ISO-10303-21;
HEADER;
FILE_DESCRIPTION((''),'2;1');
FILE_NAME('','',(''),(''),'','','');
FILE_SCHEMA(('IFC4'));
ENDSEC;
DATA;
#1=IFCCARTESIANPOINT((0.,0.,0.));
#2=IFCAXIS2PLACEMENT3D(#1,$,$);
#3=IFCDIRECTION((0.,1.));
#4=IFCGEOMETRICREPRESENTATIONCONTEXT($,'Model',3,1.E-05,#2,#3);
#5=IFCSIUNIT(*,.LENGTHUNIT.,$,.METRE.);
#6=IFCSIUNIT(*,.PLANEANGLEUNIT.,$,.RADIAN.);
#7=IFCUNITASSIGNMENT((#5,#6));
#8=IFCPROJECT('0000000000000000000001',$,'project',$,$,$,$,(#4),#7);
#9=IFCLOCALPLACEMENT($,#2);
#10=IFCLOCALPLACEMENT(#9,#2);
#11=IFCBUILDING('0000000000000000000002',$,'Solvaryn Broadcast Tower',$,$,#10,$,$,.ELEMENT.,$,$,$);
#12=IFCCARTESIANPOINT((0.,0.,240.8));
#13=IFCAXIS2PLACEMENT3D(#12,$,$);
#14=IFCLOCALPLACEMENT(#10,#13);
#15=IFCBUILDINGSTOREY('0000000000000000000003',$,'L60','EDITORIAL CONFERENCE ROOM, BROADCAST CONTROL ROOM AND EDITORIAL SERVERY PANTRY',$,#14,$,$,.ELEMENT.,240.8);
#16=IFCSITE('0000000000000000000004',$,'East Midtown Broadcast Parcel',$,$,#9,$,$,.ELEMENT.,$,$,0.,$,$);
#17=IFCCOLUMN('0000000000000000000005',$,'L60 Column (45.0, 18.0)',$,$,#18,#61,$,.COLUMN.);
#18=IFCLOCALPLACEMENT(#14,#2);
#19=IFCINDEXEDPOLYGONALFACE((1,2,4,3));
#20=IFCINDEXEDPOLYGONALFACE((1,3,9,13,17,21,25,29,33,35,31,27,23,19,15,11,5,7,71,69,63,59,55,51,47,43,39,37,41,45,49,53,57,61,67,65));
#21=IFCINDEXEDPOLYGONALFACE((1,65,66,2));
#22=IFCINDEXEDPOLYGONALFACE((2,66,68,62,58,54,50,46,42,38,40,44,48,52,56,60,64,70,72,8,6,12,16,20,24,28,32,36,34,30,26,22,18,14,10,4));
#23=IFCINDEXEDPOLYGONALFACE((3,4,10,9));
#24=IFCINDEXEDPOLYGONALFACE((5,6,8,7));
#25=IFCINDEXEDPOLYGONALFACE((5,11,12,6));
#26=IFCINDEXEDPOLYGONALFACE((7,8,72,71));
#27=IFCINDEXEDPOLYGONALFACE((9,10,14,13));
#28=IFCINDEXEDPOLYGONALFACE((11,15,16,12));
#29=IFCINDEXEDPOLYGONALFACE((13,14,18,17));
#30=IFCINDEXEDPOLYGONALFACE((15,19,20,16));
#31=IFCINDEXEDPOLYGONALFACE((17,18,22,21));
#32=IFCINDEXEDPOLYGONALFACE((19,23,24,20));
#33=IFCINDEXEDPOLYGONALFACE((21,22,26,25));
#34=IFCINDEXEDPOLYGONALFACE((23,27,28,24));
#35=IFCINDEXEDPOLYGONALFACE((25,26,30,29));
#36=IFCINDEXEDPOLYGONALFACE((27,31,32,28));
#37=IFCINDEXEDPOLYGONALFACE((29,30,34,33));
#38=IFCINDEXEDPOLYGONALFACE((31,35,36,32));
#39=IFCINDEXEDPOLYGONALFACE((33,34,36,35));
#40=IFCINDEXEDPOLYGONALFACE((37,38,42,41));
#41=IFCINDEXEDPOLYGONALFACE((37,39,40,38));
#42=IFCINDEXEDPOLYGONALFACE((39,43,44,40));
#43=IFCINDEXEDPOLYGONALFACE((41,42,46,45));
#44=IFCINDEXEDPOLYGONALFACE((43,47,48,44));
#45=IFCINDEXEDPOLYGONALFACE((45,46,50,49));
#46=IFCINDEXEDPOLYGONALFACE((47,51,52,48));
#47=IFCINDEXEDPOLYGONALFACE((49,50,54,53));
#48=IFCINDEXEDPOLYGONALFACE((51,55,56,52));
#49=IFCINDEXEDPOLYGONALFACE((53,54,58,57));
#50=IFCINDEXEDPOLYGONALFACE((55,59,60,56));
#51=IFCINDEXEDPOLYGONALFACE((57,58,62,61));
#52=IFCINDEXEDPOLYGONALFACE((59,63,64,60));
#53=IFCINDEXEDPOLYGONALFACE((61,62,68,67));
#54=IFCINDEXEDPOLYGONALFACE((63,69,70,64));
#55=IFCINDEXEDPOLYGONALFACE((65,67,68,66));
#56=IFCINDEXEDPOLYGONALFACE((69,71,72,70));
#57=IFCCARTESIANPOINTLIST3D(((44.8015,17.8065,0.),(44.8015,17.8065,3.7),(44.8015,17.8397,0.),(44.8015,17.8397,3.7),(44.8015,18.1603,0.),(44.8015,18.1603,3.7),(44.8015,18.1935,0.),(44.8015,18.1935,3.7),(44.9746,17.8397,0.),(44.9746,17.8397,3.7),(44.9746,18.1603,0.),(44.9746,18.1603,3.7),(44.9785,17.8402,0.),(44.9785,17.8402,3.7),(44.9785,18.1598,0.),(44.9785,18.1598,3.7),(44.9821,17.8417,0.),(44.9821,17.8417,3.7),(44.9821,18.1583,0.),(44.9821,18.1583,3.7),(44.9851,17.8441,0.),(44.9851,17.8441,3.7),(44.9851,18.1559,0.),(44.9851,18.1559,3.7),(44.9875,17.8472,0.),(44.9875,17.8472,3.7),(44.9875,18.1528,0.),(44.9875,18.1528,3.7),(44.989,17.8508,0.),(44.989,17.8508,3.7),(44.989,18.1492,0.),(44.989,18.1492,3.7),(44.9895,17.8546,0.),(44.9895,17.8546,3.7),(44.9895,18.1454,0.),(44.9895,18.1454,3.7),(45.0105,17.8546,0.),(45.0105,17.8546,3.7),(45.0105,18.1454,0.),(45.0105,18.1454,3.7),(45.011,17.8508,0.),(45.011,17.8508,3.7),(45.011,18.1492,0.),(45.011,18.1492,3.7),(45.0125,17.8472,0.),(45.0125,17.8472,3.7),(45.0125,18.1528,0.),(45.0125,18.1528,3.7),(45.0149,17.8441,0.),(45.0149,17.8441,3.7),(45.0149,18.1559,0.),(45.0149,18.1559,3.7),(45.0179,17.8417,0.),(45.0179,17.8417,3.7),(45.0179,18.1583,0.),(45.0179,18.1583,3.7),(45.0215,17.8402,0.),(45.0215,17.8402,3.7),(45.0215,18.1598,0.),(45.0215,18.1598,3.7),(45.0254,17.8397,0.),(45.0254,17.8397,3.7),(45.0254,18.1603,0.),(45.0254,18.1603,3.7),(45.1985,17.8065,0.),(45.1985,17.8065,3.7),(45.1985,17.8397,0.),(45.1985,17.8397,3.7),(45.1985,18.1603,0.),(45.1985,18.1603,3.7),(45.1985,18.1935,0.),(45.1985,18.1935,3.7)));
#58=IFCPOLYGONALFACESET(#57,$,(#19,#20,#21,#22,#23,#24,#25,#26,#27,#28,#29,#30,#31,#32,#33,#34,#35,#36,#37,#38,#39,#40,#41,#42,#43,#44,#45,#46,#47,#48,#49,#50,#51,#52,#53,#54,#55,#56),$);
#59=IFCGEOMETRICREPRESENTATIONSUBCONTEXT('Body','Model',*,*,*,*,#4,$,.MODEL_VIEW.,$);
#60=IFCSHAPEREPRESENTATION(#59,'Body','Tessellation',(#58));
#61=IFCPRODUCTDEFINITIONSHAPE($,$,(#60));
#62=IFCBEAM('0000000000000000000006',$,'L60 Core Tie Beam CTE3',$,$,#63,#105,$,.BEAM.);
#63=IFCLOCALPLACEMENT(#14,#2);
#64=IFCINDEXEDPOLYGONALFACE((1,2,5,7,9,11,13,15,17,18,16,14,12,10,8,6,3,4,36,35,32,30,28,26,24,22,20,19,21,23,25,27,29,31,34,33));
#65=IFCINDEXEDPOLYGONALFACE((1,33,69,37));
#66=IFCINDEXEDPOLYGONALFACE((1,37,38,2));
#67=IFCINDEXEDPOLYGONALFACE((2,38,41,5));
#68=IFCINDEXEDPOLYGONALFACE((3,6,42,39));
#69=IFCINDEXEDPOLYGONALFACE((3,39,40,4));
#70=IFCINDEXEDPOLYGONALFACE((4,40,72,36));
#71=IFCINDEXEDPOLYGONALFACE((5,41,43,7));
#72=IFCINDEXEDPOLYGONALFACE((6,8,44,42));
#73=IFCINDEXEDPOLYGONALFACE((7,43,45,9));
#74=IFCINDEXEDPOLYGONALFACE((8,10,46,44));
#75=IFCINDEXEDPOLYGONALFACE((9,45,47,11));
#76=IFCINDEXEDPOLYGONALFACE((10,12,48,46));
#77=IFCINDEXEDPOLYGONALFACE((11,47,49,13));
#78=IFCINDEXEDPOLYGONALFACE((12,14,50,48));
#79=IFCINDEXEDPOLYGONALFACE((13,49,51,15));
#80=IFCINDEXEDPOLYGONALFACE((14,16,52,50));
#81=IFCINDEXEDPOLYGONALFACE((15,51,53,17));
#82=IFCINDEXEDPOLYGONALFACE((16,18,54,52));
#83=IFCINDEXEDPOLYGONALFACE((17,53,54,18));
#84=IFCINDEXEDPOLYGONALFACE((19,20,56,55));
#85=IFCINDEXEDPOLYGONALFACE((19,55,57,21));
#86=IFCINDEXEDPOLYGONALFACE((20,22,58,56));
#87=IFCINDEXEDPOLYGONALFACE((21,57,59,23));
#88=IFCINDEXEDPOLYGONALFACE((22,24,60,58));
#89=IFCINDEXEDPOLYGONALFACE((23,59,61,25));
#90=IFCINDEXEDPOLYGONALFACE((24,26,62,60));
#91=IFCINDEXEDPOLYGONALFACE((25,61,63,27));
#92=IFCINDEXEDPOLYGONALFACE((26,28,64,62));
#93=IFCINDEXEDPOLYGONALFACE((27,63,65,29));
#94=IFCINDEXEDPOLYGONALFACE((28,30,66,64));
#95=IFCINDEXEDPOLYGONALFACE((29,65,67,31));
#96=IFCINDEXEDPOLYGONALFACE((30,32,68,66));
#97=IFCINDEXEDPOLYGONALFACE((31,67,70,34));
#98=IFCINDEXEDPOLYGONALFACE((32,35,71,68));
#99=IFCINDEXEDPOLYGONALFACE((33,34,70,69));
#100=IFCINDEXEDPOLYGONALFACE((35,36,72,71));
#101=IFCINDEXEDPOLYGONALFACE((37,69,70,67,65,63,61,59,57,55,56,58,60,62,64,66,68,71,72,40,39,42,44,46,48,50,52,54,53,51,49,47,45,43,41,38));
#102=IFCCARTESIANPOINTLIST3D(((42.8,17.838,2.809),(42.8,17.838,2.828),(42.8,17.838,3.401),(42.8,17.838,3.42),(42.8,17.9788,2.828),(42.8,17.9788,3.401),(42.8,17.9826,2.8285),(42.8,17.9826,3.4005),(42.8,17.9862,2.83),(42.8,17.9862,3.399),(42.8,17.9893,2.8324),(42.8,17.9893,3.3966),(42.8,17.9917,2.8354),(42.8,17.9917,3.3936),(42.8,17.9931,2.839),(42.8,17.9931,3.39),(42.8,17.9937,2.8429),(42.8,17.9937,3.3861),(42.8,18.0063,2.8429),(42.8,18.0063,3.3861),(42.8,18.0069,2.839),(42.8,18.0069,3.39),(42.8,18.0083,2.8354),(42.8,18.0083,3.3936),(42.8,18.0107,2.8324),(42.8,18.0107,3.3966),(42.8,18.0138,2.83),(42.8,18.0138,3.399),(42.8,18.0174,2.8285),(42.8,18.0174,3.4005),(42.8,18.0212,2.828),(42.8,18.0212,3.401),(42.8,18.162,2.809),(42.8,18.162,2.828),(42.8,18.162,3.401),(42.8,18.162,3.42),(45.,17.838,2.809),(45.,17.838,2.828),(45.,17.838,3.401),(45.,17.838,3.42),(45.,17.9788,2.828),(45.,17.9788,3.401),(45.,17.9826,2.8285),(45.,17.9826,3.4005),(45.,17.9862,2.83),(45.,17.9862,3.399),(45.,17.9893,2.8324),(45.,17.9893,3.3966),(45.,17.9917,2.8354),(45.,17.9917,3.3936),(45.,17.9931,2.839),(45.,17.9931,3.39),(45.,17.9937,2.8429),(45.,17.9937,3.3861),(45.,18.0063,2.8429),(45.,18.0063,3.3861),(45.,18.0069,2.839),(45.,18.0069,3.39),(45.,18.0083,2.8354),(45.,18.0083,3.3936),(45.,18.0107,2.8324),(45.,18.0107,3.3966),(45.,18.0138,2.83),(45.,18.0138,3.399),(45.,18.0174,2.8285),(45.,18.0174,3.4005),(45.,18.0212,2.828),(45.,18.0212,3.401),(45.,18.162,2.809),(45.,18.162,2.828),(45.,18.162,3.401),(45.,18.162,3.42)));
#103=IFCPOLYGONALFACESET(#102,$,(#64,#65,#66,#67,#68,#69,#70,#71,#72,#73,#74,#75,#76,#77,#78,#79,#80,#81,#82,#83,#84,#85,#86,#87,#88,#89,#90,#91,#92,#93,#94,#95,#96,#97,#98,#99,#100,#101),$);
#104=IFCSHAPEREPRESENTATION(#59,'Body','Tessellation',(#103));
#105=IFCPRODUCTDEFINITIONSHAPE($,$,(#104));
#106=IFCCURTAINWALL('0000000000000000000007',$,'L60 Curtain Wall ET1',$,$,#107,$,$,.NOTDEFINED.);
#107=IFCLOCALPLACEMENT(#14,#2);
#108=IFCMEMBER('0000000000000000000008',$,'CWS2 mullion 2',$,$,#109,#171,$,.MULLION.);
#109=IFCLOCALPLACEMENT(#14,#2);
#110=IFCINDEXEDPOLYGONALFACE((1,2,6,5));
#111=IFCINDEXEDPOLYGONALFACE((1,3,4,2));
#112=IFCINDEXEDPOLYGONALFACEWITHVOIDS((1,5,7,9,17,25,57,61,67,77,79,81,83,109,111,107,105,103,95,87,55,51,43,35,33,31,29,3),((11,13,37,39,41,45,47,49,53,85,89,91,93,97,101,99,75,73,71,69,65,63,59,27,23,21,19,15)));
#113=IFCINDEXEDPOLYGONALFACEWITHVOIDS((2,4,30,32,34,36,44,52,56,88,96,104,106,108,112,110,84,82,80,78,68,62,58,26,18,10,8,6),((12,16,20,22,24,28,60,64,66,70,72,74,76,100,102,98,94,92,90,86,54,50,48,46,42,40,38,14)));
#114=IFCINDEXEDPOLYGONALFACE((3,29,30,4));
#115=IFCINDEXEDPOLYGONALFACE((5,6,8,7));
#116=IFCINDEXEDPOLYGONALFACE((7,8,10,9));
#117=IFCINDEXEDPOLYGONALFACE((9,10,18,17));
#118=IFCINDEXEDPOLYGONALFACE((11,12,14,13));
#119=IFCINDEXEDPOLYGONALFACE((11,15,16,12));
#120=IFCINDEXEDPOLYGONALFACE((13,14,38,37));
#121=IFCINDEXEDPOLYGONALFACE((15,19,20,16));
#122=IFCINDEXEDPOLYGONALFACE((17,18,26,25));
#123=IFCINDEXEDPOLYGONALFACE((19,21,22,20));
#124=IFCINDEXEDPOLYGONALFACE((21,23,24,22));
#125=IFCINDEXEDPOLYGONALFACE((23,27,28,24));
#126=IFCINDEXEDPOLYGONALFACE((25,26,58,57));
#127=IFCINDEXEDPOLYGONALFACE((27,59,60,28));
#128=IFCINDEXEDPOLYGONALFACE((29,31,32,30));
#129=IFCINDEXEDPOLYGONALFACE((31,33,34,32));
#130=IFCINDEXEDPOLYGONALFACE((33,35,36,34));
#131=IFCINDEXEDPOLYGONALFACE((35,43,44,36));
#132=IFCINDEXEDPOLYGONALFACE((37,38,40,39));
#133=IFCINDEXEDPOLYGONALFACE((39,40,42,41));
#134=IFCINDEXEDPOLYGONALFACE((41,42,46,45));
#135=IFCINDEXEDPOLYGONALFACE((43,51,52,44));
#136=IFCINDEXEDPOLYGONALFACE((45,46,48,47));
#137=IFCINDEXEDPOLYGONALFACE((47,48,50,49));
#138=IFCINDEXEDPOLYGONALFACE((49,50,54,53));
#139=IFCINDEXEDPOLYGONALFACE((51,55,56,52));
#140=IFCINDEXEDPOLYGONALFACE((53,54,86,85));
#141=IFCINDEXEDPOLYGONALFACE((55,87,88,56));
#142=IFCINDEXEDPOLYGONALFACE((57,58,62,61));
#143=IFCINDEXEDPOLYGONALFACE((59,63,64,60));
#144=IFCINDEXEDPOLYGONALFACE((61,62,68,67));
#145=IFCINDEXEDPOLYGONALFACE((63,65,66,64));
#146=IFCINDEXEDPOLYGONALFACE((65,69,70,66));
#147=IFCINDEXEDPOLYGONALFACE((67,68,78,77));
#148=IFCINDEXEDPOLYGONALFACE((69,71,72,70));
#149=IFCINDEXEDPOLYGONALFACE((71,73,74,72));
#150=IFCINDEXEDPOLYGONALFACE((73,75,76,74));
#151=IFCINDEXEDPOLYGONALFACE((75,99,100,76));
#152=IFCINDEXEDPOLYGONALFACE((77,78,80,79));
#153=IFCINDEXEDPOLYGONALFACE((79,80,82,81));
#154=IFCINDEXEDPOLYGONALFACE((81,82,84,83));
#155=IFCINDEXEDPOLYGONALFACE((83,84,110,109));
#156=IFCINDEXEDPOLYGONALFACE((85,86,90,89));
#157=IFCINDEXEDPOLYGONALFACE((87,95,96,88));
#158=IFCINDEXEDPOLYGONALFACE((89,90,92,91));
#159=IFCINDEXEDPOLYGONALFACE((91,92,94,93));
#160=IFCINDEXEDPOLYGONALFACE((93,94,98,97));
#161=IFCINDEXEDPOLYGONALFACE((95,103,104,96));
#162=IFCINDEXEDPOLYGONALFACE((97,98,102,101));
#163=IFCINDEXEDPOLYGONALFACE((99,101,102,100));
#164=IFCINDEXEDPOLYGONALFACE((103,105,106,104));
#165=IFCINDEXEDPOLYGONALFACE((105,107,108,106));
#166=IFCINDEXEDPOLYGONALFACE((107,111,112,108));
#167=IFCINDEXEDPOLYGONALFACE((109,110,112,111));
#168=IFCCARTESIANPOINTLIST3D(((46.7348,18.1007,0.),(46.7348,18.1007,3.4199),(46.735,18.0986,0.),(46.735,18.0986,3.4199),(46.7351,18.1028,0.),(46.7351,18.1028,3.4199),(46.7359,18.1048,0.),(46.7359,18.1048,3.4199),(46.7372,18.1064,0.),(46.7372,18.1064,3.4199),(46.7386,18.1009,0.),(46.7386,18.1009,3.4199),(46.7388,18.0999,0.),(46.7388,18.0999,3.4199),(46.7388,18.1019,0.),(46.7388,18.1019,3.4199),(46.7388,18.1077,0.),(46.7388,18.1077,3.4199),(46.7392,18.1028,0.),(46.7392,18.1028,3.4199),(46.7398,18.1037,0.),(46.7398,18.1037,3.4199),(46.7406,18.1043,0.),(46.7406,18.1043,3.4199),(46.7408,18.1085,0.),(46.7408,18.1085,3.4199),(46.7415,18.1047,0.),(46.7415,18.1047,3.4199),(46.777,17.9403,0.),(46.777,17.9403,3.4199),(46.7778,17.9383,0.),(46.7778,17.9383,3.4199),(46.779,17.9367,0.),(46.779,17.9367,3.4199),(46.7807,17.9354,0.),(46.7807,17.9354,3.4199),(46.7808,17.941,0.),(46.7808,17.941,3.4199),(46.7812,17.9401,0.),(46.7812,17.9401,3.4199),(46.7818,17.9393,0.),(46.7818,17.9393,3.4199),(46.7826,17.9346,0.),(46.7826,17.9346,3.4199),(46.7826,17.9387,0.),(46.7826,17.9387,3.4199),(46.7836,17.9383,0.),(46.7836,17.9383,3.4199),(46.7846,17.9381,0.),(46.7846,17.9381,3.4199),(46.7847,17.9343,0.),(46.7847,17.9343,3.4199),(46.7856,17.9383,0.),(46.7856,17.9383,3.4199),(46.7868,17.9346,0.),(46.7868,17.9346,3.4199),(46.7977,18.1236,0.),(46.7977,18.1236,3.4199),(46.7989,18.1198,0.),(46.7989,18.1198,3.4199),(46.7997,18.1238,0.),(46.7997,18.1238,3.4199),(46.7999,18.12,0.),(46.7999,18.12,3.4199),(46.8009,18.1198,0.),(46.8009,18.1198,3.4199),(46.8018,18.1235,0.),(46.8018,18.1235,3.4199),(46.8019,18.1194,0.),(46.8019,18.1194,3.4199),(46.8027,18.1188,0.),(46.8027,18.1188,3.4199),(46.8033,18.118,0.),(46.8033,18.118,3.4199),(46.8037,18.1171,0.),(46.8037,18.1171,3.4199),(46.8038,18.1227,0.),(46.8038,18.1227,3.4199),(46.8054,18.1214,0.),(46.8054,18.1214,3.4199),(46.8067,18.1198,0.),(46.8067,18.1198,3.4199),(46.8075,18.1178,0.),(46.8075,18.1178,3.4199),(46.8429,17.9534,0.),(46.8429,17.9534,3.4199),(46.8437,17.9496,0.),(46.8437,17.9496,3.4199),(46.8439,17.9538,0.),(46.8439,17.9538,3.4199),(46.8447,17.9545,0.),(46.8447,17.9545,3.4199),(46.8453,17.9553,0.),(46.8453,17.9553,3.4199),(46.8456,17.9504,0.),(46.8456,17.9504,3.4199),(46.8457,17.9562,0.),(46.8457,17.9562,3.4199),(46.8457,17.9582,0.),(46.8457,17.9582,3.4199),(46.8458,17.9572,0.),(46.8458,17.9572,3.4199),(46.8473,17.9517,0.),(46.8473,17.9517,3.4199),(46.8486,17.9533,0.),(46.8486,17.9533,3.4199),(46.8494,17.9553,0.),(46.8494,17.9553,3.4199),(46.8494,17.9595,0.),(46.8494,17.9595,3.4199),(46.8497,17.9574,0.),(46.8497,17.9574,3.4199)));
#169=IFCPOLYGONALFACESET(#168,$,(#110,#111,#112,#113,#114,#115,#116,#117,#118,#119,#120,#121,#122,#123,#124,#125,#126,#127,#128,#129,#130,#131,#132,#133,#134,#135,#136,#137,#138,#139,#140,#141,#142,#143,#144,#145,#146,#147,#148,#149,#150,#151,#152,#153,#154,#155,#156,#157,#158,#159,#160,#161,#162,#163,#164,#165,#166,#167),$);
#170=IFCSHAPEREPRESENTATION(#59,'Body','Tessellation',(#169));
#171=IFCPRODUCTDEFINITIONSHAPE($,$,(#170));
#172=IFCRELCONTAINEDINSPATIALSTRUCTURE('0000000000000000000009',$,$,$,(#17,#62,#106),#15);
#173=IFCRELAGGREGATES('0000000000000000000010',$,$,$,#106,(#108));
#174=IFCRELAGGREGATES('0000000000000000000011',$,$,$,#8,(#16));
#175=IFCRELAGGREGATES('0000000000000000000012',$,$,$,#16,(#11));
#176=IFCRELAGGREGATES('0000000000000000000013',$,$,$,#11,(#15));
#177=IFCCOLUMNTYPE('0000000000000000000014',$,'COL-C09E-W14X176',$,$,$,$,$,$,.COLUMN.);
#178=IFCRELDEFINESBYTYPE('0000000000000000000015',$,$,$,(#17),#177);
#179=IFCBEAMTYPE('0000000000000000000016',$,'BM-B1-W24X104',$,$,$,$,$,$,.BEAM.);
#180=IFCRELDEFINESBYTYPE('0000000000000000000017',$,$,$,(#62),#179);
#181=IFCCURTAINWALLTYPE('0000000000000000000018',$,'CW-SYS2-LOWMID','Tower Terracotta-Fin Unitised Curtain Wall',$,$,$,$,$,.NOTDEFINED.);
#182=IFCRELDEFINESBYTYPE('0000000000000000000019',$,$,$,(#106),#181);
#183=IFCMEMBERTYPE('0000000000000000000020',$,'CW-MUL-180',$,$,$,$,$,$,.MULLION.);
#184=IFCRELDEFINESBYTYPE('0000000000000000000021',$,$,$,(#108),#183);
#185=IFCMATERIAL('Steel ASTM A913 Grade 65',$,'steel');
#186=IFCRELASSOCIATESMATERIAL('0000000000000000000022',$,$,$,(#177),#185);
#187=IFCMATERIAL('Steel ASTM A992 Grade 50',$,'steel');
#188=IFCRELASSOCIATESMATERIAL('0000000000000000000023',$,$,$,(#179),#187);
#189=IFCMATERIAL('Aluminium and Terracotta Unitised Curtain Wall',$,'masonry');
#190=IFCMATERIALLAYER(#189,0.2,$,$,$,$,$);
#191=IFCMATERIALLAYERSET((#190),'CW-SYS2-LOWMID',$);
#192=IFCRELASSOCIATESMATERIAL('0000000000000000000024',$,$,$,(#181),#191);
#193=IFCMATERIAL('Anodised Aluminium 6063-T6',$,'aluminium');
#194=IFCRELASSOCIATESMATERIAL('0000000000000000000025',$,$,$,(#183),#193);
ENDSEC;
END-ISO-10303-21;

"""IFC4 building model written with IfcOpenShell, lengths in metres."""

from ifc_helpers import new_model, si_unit, direction, frame, origin, origin_2d, place, context, subcontext, project, spatial, hollow_rectangle, i_section, extrude, material, layer, layer_set, material_profile, profile_set, type_object, element, aggregate, save


model = new_model("IFC4")

# Units and contexts
model_context = context("Model", 3, precision=1e-05, world=origin(), true_north=direction((0.0, 1.0)))
body_context = subcontext(model_context, "Body", "Model", "MODEL_VIEW")
ifc_project = project(units=[si_unit("LENGTHUNIT", "METRE"), si_unit("PLANEANGLEUNIT", "RADIAN")], contexts=[model_context])

# Site, building, storey
site_placement = place(None, origin())
site = spatial("IfcSite", under=ifc_project, at=site_placement, Name="East Midtown Broadcast Parcel", CompositionType="ELEMENT", RefElevation=0.0)
building_placement = place(site_placement, origin())
building = spatial("IfcBuilding", under=site, at=building_placement, Name="Solvaryn Broadcast Tower", CompositionType="ELEMENT")
storey_placement = place(building_placement, frame((0.0, 0.0, 240.8)))
storey = spatial("IfcBuildingStorey", under=building, at=storey_placement, Name="L60", Description="EDITORIAL CONFERENCE ROOM, BROADCAST CONTROL ROOM AND EDITORIAL SERVERY PANTRY", CompositionType="ELEMENT", Elevation=240.8)

# Column
ifc_material_1 = material(Name="Steel ASTM A913 Grade 65", Category="steel")
ifc_material_profile_1 = material_profile(ifc_material_1, i_section(OverallWidth=0.397, OverallDepth=0.387, WebThickness=0.021, FlangeThickness=0.0332, FilletRadius=0.0149, at=origin_2d()))
ifc_profile_set_1 = profile_set([ifc_material_profile_1], Name="Steel ASTM A913 Grade 65")
column_type = type_object("IfcColumnType", Name="COL-C09E-W14X176", PredefinedType="COLUMN", material=ifc_profile_set_1)
column_placement = place(storey_placement, frame((45.0, 18.0, 0.0), z_axis=(0.0, 0.0, 1.0), x_axis=(1.0, 0.0, 0.0)))
element("IfcColumn", 1, at=column_placement, inside=storey, type_object=column_type, Name="L60 Column (45.0, 18.0)", PredefinedType="COLUMN", context=body_context, shape_type="SweptSolid", body=[
    extrude(i_section(OverallWidth=0.397, OverallDepth=0.387, WebThickness=0.021, FlangeThickness=0.0332, FilletRadius=0.0149, at=origin_2d()), origin(), (0.0, 0.0, 1.0), 3.7),
])

# Beam
ifc_material_2 = material(Name="Steel ASTM A992 Grade 50", Category="steel")
ifc_material_profile_2 = material_profile(ifc_material_2, i_section(OverallWidth=0.324, OverallDepth=0.6111, WebThickness=0.0127, FlangeThickness=0.019, FilletRadius=0.0149, at=origin_2d()))
ifc_profile_set_2 = profile_set([ifc_material_profile_2], Name="Steel ASTM A992 Grade 50")
beam_type = type_object("IfcBeamType", Name="BM-B1-W24X104", PredefinedType="BEAM", material=ifc_profile_set_2)
beam_placement = place(storey_placement, frame((42.8, 18.0, 3.1145), z_axis=(1.0, 0.0, 0.0), x_axis=(0.0, 1.0, 0.0)))
element("IfcBeam", 2, at=beam_placement, inside=storey, type_object=beam_type, Name="L60 Core Tie Beam CTE3", PredefinedType="BEAM", context=body_context, shape_type="SweptSolid", body=[
    extrude(i_section(OverallWidth=0.324, OverallDepth=0.6111, WebThickness=0.0127, FlangeThickness=0.019, FilletRadius=0.0149, at=origin_2d()), origin(), (0.0, 0.0, 1.0), 2.2),
])

# Curtain wall, member
ifc_material_3 = material(Name="Aluminium and Terracotta Unitised Curtain Wall", Category="masonry")
ifc_layer_1 = layer(ifc_material_3, 0.2)
ifc_layer_set_1 = layer_set([ifc_layer_1], Name="CW-SYS2-LOWMID")
curtain_wall_type = type_object("IfcCurtainWallType", Name="CW-SYS2-LOWMID", Description="Tower Terracotta-Fin Unitised Curtain Wall", PredefinedType="NOTDEFINED", material=ifc_layer_set_1)
curtain_wall_1_placement = place(storey_placement, origin())
curtain_wall_1 = element("IfcCurtainWall", 3, at=curtain_wall_1_placement, inside=storey, type_object=curtain_wall_type, Name="L60 Curtain Wall ET1", PredefinedType="NOTDEFINED")
ifc_material_4 = material(Name="Anodised Aluminium 6063-T6", Category="aluminium")
ifc_material_profile_3 = material_profile(ifc_material_4, hollow_rectangle(XDim=0.075, YDim=0.1799, WallThickness=0.0039, InnerFilletRadius=0.0039, OuterFilletRadius=0.0081, at=origin_2d()))
ifc_profile_set_3 = profile_set([ifc_material_profile_3], Name="Anodised Aluminium 6063-T6")
member_type_1 = type_object("IfcMemberType", Name="CW-MUL-180", PredefinedType="MULLION", material=ifc_profile_set_3)
member_1_placement = place(storey_placement, frame((46.7922, 18.0291, 0.0), z_axis=(0.0, 0.0, 1.0), x_axis=(0.966705, 0.255893, 0.0)))
member_1 = element("IfcMember", 4, at=member_1_placement, type_object=member_type_1, Name="CWS2 mullion 2", PredefinedType="MULLION", context=body_context, shape_type="SweptSolid", body=[
    extrude(hollow_rectangle(XDim=0.075, YDim=0.1799, WallThickness=0.0039, InnerFilletRadius=0.0039, OuterFilletRadius=0.0081, at=origin_2d()), origin(), (0.0, 0.0, 1.0), 3.4199),
])

aggregate(curtain_wall_1, [member_1])

save(model, "model.ifc")
